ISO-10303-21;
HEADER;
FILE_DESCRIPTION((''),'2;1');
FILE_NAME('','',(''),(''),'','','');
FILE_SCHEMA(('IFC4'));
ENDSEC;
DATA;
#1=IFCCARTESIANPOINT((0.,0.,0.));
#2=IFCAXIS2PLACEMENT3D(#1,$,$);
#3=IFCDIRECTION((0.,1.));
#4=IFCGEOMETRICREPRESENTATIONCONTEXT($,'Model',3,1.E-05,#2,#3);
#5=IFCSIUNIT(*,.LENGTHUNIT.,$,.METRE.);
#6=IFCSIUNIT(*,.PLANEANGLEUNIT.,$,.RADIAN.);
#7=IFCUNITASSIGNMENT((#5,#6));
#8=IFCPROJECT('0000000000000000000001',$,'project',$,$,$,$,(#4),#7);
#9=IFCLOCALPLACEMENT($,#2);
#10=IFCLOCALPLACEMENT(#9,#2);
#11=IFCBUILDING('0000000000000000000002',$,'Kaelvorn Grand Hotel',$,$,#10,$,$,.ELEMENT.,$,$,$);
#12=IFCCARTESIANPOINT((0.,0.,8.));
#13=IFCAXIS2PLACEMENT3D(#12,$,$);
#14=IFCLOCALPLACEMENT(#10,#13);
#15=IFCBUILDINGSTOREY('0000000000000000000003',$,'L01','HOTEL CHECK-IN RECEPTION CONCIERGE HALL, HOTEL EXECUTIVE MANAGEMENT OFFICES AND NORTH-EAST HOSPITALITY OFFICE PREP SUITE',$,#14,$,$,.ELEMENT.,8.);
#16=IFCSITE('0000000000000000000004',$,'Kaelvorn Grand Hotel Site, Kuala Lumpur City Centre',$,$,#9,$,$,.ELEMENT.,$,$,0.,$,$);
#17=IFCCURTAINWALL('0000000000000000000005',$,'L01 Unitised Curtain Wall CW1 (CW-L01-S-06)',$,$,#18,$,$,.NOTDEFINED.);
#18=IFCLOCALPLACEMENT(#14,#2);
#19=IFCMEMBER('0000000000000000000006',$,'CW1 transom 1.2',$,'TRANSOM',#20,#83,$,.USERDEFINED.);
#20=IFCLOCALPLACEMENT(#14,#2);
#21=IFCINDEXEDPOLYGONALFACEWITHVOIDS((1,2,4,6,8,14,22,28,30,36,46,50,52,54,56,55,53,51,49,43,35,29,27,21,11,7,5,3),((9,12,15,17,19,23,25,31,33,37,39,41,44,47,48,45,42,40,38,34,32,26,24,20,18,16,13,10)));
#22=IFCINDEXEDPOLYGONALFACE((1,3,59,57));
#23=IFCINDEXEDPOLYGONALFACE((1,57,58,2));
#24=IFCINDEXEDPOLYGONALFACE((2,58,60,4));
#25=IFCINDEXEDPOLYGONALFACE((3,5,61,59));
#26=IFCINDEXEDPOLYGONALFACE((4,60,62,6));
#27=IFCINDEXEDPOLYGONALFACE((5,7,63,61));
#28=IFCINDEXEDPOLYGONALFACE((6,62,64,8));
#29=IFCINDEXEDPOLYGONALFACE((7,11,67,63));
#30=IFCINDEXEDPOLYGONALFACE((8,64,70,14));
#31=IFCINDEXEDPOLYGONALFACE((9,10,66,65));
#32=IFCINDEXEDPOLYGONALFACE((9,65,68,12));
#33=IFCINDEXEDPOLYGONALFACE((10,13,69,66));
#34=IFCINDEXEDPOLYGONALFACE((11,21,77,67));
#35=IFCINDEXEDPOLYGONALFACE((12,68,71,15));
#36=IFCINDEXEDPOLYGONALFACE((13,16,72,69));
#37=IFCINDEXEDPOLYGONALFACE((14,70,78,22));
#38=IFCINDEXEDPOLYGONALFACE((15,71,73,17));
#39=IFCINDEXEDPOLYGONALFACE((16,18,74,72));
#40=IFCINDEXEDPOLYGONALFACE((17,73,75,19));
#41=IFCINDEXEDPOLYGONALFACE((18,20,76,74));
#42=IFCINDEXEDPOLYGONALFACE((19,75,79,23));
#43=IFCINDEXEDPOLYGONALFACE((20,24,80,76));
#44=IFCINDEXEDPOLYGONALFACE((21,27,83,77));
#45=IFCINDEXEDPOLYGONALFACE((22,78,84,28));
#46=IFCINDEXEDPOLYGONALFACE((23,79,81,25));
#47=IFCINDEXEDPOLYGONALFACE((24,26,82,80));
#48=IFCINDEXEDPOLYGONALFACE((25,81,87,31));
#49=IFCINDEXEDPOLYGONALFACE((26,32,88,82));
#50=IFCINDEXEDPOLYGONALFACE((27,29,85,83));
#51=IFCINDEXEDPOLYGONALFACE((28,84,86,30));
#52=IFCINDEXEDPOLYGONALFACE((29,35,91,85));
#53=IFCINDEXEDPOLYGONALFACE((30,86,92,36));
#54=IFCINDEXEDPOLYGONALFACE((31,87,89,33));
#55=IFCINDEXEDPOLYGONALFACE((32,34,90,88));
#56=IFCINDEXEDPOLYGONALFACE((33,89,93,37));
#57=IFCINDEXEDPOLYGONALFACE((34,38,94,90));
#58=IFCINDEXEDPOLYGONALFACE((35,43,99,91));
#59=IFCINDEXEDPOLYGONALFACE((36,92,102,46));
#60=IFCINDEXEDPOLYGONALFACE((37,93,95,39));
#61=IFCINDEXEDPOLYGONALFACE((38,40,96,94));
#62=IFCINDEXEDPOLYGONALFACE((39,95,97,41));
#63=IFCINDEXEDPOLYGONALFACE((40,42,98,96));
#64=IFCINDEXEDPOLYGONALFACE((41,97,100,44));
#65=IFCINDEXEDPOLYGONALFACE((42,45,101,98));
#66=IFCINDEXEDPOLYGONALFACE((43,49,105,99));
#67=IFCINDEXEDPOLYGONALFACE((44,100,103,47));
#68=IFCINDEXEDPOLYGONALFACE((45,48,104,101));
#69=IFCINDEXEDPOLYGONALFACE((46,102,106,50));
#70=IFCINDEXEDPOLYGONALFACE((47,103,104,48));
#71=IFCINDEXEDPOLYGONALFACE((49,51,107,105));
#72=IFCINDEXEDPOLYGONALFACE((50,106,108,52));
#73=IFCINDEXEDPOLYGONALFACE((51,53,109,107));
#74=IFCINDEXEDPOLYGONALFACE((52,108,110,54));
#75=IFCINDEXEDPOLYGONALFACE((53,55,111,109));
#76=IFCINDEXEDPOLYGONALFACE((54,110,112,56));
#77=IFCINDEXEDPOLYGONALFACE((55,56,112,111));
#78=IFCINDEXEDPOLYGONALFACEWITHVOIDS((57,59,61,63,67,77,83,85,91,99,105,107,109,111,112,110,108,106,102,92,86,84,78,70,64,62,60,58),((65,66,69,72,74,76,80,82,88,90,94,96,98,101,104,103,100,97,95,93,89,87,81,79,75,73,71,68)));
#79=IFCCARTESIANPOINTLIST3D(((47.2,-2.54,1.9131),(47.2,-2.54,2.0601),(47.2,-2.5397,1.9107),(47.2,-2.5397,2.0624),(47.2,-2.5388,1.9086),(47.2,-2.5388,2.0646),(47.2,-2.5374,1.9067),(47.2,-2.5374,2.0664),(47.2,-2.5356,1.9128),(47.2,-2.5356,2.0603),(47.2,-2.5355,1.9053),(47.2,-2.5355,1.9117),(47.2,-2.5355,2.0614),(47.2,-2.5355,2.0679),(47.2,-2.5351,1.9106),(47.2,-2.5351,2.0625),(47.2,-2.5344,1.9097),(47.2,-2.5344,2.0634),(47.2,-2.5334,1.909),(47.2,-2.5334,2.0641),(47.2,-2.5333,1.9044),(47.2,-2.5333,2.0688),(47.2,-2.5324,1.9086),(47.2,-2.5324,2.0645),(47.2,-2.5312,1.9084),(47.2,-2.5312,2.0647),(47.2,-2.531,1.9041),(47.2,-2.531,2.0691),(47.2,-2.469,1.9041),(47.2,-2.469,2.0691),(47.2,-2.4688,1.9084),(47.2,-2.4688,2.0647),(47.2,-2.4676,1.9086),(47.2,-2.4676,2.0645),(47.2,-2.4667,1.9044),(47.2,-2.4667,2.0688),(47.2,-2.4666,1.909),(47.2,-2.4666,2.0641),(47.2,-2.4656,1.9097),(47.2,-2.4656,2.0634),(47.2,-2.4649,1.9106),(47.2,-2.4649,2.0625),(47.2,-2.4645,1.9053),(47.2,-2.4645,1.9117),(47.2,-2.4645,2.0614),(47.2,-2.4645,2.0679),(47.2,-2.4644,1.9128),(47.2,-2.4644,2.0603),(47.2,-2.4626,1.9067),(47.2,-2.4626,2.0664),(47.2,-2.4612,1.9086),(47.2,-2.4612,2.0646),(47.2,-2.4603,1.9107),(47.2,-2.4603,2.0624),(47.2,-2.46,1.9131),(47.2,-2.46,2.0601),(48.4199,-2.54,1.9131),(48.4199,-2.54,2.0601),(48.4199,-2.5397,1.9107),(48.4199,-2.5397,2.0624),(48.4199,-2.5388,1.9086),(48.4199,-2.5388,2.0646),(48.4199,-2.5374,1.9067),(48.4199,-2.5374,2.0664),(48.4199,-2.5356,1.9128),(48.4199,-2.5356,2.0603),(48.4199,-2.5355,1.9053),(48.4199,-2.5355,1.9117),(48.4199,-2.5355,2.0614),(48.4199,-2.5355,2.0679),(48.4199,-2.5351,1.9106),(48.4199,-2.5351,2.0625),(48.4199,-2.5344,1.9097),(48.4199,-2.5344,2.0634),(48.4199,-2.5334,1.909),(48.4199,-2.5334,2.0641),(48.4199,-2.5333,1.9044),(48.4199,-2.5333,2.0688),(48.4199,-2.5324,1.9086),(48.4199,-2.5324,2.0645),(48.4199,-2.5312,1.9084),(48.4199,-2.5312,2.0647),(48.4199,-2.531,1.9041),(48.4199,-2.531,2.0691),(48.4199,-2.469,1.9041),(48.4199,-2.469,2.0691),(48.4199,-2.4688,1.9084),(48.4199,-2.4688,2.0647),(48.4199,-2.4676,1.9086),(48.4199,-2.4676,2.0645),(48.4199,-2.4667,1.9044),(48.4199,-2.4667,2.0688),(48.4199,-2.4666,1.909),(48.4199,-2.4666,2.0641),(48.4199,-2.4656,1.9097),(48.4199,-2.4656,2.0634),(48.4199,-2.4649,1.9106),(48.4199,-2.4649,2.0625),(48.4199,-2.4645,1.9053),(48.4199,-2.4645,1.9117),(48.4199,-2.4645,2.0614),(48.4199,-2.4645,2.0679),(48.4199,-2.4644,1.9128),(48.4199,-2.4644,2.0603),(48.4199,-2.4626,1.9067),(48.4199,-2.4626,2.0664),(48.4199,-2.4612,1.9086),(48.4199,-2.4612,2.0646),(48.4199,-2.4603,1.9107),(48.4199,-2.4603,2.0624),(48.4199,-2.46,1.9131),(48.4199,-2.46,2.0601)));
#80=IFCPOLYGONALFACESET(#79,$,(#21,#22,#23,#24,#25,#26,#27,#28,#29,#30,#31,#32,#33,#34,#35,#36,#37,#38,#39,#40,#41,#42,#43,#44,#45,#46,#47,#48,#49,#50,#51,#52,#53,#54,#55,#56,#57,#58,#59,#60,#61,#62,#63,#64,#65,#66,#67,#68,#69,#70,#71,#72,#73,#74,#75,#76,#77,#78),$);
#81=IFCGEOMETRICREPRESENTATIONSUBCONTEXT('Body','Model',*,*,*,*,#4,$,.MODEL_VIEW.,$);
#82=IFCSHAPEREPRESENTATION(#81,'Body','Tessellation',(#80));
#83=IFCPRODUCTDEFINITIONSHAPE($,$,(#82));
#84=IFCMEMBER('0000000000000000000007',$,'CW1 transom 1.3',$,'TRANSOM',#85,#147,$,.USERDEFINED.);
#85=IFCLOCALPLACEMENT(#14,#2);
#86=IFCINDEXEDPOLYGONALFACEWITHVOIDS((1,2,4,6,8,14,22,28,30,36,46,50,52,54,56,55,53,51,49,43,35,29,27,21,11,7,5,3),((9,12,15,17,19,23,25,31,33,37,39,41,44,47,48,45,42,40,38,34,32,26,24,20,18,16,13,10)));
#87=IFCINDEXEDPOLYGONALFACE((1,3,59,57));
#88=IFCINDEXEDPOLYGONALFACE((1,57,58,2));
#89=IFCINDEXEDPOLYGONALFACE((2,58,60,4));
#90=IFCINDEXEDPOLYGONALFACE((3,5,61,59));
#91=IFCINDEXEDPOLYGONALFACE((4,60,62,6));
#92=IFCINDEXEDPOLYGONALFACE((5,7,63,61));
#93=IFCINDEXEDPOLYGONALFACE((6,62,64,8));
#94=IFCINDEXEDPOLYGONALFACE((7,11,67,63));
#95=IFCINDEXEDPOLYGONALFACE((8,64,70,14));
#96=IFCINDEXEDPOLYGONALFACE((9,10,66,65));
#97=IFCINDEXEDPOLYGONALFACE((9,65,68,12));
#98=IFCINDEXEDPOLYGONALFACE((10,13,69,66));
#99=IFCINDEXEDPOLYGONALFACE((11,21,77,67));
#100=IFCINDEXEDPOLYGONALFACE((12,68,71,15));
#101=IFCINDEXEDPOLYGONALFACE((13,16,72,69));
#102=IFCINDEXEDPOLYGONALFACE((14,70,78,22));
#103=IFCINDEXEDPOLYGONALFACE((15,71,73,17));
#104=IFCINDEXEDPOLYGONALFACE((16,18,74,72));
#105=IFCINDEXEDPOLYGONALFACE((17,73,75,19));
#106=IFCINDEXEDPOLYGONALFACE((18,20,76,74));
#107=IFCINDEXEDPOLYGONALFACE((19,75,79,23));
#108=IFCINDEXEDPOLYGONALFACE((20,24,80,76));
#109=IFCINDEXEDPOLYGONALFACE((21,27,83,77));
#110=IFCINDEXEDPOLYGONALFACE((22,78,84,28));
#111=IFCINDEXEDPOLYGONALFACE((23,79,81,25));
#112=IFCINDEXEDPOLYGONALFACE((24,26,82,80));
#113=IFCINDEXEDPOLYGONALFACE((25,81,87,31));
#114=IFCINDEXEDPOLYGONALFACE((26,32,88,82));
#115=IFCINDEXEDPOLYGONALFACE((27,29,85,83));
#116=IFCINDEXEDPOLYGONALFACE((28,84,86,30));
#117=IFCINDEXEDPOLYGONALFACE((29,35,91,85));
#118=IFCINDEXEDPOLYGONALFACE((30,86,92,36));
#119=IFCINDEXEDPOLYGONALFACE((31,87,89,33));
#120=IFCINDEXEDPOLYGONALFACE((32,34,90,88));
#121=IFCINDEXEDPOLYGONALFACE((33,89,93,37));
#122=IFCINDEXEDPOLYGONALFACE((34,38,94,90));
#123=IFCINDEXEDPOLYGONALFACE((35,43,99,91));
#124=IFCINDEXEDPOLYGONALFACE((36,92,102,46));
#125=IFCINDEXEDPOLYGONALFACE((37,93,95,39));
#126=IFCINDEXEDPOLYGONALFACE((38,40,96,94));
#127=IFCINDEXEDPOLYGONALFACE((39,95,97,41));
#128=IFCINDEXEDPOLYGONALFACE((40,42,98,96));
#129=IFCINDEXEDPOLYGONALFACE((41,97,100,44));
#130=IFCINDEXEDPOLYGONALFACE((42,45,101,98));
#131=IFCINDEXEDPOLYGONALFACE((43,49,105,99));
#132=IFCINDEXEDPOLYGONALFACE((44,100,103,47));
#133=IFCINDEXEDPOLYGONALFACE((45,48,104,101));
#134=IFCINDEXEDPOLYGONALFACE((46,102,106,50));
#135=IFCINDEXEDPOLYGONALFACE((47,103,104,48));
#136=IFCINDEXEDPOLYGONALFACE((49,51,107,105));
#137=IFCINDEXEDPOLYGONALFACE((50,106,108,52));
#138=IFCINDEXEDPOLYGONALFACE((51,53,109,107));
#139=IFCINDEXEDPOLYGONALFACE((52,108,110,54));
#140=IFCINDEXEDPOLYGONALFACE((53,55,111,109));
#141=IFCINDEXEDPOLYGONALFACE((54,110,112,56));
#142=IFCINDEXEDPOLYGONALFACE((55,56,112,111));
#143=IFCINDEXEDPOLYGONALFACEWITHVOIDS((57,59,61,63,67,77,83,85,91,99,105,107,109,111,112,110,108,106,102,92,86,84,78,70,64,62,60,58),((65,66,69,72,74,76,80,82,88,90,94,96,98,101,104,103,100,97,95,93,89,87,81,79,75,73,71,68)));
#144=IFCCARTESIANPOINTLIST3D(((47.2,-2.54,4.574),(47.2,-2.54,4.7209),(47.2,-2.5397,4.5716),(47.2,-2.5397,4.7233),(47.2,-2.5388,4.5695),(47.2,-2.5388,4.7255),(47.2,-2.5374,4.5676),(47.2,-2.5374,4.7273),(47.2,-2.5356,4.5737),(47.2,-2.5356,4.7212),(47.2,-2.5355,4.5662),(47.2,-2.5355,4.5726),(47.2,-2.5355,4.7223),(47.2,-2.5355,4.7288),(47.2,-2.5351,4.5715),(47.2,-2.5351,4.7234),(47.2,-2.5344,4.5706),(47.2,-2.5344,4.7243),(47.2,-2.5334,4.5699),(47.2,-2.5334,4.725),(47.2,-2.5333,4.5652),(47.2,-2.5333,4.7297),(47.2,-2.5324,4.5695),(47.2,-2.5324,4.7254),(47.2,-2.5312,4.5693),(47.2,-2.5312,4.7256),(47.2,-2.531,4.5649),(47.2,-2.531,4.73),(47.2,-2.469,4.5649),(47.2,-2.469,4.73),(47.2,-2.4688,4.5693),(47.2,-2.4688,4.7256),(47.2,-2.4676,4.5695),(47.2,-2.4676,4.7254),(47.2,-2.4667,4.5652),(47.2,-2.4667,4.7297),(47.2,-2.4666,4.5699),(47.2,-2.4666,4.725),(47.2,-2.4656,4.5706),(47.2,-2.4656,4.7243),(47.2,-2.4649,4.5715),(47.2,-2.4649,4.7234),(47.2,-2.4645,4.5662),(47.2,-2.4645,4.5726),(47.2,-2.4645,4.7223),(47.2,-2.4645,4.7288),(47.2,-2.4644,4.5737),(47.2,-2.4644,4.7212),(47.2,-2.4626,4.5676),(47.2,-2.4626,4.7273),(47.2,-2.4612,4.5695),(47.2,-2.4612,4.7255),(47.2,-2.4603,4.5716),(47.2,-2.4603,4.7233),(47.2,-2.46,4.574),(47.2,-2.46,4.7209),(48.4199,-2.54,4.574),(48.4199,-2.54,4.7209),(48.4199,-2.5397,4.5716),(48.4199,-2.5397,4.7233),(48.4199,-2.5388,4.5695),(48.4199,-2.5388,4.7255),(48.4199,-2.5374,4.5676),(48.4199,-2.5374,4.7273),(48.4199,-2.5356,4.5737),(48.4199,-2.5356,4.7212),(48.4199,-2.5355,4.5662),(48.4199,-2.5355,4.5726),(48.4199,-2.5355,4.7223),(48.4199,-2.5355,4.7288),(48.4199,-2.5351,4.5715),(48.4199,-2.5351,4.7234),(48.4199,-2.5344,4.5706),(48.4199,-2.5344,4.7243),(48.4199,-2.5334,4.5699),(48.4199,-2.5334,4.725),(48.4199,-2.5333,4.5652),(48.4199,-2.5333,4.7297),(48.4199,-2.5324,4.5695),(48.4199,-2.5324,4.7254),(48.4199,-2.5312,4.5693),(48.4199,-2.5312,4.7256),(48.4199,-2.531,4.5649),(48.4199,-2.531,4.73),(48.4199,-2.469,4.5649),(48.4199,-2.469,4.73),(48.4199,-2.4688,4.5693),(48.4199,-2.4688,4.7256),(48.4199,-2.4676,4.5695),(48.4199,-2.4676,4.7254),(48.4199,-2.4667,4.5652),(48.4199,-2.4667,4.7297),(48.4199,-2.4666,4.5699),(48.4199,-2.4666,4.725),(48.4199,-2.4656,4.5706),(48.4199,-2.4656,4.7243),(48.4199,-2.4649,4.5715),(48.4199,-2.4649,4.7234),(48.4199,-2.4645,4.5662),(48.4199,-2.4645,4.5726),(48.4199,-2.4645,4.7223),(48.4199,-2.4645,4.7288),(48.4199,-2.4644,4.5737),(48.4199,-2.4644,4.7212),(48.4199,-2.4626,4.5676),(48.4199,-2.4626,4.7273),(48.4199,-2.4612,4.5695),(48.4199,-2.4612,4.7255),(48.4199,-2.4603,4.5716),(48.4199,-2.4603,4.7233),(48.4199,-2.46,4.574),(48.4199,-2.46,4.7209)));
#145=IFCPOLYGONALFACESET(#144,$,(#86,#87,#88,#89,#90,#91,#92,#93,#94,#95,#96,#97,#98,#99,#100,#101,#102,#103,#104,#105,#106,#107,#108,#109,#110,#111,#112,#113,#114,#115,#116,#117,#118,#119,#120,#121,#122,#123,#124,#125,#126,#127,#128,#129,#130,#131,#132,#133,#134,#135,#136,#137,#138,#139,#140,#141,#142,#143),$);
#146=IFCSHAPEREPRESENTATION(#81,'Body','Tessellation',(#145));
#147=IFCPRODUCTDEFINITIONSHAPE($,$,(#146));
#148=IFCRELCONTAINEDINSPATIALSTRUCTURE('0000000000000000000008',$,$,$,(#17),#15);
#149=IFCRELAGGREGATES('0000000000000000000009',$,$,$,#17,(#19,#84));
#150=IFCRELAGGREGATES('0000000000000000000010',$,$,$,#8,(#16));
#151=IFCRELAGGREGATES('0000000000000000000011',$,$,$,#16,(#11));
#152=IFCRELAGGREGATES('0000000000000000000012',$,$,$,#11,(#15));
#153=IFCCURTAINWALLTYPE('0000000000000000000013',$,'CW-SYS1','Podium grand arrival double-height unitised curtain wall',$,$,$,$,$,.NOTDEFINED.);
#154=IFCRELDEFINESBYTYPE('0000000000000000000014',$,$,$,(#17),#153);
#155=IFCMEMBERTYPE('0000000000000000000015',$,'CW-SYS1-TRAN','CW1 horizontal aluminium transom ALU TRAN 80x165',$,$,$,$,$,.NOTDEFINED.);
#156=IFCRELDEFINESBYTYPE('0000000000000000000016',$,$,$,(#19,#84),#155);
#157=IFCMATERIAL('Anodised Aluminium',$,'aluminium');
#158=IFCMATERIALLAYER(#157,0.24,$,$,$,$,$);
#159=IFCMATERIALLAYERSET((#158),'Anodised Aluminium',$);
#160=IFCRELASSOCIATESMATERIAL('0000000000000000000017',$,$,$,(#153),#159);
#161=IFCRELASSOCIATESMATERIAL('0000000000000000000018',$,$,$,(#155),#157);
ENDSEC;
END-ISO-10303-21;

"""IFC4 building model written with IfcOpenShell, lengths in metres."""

from ifc_helpers import new_model, si_unit, direction, frame, origin, origin_2d, place, context, subcontext, project, spatial, hollow_rectangle, extrude, material, layer, layer_set, material_profile, profile_set, type_object, element, aggregate, save


model = new_model("IFC4")

# Units and contexts
model_context = context("Model", 3, precision=1e-05, world=origin(), true_north=direction((0.0, 1.0)))
body_context = subcontext(model_context, "Body", "Model", "MODEL_VIEW")
ifc_project = project(units=[si_unit("LENGTHUNIT", "METRE"), si_unit("PLANEANGLEUNIT", "RADIAN")], contexts=[model_context])

# Site, building, storey
site_placement = place(None, origin())
site = spatial("IfcSite", under=ifc_project, at=site_placement, Name="Kaelvorn Grand Hotel Site, Kuala Lumpur City Centre", CompositionType="ELEMENT", RefElevation=0.0)
building_placement = place(site_placement, origin())
building = spatial("IfcBuilding", under=site, at=building_placement, Name="Kaelvorn Grand Hotel", CompositionType="ELEMENT")
storey_placement = place(building_placement, frame((0.0, 0.0, 8.0)))
storey = spatial("IfcBuildingStorey", under=building, at=storey_placement, Name="L01", Description="HOTEL CHECK-IN RECEPTION CONCIERGE HALL, HOTEL EXECUTIVE MANAGEMENT OFFICES AND NORTH-EAST HOSPITALITY OFFICE PREP SUITE", CompositionType="ELEMENT", Elevation=8.0)

# Curtain wall
ifc_material_1 = material(Name="Anodised Aluminium", Category="aluminium")
ifc_layer_1 = layer(ifc_material_1, 0.24)
ifc_layer_set_1 = layer_set([ifc_layer_1], Name="Anodised Aluminium")
curtain_wall_type = type_object("IfcCurtainWallType", Name="CW-SYS1", Description="Podium grand arrival double-height unitised curtain wall", PredefinedType="NOTDEFINED", material=ifc_layer_set_1)
curtain_wall_1_placement = place(storey_placement, origin())
curtain_wall_1 = element("IfcCurtainWall", 1, at=curtain_wall_1_placement, inside=storey, type_object=curtain_wall_type, Name="L01 Unitised Curtain Wall CW1 (CW-L01-S-06)", PredefinedType="NOTDEFINED")

# Members
ifc_material_profile_1 = material_profile(ifc_material_1, hollow_rectangle(XDim=0.0801, YDim=0.165, WallThickness=0.0044, InnerFilletRadius=0.0044, OuterFilletRadius=0.009, at=origin_2d()), Name="ALU TRAN 80x165")
ifc_profile_set_1 = profile_set([ifc_material_profile_1], Name="Anodised Aluminium")
member_type_1 = type_object("IfcMemberType", Name="CW-SYS1-TRAN", Description="CW1 horizontal aluminium transom ALU TRAN 80x165", PredefinedType="NOTDEFINED", material=ifc_profile_set_1)
member_1_placement = place(storey_placement, frame((47.2, -2.5, 1.9866), z_axis=(1.0, 0.0, 0.0), x_axis=(0.0, 1.0, 0.0)))
member_1 = element("IfcMember", 2, at=member_1_placement, type_object=member_type_1, Name="CW1 transom 1.2", ObjectType="TRANSOM", PredefinedType="USERDEFINED", context=body_context, shape_type="SweptSolid", body=[
    extrude(hollow_rectangle(XDim=0.0801, YDim=0.165, WallThickness=0.0044, InnerFilletRadius=0.0044, OuterFilletRadius=0.009, at=origin_2d()), origin(), (0.0, 0.0, 1.0), 1.22),
])
member_2_placement = place(storey_placement, frame((47.2, -2.5, 4.6475), z_axis=(1.0, 0.0, 0.0), x_axis=(0.0, 1.0, 0.0)))
member_2 = element("IfcMember", 3, at=member_2_placement, type_object=member_type_1, Name="CW1 transom 1.3", ObjectType="TRANSOM", PredefinedType="USERDEFINED", context=body_context, shape_type="SweptSolid", body=[
    extrude(hollow_rectangle(XDim=0.0801, YDim=0.165, WallThickness=0.0044, InnerFilletRadius=0.0044, OuterFilletRadius=0.009, at=origin_2d()), origin(), (0.0, 0.0, 1.0), 1.22),
])

aggregate(curtain_wall_1, [member_1, member_2])

save(model, "model.ifc")
